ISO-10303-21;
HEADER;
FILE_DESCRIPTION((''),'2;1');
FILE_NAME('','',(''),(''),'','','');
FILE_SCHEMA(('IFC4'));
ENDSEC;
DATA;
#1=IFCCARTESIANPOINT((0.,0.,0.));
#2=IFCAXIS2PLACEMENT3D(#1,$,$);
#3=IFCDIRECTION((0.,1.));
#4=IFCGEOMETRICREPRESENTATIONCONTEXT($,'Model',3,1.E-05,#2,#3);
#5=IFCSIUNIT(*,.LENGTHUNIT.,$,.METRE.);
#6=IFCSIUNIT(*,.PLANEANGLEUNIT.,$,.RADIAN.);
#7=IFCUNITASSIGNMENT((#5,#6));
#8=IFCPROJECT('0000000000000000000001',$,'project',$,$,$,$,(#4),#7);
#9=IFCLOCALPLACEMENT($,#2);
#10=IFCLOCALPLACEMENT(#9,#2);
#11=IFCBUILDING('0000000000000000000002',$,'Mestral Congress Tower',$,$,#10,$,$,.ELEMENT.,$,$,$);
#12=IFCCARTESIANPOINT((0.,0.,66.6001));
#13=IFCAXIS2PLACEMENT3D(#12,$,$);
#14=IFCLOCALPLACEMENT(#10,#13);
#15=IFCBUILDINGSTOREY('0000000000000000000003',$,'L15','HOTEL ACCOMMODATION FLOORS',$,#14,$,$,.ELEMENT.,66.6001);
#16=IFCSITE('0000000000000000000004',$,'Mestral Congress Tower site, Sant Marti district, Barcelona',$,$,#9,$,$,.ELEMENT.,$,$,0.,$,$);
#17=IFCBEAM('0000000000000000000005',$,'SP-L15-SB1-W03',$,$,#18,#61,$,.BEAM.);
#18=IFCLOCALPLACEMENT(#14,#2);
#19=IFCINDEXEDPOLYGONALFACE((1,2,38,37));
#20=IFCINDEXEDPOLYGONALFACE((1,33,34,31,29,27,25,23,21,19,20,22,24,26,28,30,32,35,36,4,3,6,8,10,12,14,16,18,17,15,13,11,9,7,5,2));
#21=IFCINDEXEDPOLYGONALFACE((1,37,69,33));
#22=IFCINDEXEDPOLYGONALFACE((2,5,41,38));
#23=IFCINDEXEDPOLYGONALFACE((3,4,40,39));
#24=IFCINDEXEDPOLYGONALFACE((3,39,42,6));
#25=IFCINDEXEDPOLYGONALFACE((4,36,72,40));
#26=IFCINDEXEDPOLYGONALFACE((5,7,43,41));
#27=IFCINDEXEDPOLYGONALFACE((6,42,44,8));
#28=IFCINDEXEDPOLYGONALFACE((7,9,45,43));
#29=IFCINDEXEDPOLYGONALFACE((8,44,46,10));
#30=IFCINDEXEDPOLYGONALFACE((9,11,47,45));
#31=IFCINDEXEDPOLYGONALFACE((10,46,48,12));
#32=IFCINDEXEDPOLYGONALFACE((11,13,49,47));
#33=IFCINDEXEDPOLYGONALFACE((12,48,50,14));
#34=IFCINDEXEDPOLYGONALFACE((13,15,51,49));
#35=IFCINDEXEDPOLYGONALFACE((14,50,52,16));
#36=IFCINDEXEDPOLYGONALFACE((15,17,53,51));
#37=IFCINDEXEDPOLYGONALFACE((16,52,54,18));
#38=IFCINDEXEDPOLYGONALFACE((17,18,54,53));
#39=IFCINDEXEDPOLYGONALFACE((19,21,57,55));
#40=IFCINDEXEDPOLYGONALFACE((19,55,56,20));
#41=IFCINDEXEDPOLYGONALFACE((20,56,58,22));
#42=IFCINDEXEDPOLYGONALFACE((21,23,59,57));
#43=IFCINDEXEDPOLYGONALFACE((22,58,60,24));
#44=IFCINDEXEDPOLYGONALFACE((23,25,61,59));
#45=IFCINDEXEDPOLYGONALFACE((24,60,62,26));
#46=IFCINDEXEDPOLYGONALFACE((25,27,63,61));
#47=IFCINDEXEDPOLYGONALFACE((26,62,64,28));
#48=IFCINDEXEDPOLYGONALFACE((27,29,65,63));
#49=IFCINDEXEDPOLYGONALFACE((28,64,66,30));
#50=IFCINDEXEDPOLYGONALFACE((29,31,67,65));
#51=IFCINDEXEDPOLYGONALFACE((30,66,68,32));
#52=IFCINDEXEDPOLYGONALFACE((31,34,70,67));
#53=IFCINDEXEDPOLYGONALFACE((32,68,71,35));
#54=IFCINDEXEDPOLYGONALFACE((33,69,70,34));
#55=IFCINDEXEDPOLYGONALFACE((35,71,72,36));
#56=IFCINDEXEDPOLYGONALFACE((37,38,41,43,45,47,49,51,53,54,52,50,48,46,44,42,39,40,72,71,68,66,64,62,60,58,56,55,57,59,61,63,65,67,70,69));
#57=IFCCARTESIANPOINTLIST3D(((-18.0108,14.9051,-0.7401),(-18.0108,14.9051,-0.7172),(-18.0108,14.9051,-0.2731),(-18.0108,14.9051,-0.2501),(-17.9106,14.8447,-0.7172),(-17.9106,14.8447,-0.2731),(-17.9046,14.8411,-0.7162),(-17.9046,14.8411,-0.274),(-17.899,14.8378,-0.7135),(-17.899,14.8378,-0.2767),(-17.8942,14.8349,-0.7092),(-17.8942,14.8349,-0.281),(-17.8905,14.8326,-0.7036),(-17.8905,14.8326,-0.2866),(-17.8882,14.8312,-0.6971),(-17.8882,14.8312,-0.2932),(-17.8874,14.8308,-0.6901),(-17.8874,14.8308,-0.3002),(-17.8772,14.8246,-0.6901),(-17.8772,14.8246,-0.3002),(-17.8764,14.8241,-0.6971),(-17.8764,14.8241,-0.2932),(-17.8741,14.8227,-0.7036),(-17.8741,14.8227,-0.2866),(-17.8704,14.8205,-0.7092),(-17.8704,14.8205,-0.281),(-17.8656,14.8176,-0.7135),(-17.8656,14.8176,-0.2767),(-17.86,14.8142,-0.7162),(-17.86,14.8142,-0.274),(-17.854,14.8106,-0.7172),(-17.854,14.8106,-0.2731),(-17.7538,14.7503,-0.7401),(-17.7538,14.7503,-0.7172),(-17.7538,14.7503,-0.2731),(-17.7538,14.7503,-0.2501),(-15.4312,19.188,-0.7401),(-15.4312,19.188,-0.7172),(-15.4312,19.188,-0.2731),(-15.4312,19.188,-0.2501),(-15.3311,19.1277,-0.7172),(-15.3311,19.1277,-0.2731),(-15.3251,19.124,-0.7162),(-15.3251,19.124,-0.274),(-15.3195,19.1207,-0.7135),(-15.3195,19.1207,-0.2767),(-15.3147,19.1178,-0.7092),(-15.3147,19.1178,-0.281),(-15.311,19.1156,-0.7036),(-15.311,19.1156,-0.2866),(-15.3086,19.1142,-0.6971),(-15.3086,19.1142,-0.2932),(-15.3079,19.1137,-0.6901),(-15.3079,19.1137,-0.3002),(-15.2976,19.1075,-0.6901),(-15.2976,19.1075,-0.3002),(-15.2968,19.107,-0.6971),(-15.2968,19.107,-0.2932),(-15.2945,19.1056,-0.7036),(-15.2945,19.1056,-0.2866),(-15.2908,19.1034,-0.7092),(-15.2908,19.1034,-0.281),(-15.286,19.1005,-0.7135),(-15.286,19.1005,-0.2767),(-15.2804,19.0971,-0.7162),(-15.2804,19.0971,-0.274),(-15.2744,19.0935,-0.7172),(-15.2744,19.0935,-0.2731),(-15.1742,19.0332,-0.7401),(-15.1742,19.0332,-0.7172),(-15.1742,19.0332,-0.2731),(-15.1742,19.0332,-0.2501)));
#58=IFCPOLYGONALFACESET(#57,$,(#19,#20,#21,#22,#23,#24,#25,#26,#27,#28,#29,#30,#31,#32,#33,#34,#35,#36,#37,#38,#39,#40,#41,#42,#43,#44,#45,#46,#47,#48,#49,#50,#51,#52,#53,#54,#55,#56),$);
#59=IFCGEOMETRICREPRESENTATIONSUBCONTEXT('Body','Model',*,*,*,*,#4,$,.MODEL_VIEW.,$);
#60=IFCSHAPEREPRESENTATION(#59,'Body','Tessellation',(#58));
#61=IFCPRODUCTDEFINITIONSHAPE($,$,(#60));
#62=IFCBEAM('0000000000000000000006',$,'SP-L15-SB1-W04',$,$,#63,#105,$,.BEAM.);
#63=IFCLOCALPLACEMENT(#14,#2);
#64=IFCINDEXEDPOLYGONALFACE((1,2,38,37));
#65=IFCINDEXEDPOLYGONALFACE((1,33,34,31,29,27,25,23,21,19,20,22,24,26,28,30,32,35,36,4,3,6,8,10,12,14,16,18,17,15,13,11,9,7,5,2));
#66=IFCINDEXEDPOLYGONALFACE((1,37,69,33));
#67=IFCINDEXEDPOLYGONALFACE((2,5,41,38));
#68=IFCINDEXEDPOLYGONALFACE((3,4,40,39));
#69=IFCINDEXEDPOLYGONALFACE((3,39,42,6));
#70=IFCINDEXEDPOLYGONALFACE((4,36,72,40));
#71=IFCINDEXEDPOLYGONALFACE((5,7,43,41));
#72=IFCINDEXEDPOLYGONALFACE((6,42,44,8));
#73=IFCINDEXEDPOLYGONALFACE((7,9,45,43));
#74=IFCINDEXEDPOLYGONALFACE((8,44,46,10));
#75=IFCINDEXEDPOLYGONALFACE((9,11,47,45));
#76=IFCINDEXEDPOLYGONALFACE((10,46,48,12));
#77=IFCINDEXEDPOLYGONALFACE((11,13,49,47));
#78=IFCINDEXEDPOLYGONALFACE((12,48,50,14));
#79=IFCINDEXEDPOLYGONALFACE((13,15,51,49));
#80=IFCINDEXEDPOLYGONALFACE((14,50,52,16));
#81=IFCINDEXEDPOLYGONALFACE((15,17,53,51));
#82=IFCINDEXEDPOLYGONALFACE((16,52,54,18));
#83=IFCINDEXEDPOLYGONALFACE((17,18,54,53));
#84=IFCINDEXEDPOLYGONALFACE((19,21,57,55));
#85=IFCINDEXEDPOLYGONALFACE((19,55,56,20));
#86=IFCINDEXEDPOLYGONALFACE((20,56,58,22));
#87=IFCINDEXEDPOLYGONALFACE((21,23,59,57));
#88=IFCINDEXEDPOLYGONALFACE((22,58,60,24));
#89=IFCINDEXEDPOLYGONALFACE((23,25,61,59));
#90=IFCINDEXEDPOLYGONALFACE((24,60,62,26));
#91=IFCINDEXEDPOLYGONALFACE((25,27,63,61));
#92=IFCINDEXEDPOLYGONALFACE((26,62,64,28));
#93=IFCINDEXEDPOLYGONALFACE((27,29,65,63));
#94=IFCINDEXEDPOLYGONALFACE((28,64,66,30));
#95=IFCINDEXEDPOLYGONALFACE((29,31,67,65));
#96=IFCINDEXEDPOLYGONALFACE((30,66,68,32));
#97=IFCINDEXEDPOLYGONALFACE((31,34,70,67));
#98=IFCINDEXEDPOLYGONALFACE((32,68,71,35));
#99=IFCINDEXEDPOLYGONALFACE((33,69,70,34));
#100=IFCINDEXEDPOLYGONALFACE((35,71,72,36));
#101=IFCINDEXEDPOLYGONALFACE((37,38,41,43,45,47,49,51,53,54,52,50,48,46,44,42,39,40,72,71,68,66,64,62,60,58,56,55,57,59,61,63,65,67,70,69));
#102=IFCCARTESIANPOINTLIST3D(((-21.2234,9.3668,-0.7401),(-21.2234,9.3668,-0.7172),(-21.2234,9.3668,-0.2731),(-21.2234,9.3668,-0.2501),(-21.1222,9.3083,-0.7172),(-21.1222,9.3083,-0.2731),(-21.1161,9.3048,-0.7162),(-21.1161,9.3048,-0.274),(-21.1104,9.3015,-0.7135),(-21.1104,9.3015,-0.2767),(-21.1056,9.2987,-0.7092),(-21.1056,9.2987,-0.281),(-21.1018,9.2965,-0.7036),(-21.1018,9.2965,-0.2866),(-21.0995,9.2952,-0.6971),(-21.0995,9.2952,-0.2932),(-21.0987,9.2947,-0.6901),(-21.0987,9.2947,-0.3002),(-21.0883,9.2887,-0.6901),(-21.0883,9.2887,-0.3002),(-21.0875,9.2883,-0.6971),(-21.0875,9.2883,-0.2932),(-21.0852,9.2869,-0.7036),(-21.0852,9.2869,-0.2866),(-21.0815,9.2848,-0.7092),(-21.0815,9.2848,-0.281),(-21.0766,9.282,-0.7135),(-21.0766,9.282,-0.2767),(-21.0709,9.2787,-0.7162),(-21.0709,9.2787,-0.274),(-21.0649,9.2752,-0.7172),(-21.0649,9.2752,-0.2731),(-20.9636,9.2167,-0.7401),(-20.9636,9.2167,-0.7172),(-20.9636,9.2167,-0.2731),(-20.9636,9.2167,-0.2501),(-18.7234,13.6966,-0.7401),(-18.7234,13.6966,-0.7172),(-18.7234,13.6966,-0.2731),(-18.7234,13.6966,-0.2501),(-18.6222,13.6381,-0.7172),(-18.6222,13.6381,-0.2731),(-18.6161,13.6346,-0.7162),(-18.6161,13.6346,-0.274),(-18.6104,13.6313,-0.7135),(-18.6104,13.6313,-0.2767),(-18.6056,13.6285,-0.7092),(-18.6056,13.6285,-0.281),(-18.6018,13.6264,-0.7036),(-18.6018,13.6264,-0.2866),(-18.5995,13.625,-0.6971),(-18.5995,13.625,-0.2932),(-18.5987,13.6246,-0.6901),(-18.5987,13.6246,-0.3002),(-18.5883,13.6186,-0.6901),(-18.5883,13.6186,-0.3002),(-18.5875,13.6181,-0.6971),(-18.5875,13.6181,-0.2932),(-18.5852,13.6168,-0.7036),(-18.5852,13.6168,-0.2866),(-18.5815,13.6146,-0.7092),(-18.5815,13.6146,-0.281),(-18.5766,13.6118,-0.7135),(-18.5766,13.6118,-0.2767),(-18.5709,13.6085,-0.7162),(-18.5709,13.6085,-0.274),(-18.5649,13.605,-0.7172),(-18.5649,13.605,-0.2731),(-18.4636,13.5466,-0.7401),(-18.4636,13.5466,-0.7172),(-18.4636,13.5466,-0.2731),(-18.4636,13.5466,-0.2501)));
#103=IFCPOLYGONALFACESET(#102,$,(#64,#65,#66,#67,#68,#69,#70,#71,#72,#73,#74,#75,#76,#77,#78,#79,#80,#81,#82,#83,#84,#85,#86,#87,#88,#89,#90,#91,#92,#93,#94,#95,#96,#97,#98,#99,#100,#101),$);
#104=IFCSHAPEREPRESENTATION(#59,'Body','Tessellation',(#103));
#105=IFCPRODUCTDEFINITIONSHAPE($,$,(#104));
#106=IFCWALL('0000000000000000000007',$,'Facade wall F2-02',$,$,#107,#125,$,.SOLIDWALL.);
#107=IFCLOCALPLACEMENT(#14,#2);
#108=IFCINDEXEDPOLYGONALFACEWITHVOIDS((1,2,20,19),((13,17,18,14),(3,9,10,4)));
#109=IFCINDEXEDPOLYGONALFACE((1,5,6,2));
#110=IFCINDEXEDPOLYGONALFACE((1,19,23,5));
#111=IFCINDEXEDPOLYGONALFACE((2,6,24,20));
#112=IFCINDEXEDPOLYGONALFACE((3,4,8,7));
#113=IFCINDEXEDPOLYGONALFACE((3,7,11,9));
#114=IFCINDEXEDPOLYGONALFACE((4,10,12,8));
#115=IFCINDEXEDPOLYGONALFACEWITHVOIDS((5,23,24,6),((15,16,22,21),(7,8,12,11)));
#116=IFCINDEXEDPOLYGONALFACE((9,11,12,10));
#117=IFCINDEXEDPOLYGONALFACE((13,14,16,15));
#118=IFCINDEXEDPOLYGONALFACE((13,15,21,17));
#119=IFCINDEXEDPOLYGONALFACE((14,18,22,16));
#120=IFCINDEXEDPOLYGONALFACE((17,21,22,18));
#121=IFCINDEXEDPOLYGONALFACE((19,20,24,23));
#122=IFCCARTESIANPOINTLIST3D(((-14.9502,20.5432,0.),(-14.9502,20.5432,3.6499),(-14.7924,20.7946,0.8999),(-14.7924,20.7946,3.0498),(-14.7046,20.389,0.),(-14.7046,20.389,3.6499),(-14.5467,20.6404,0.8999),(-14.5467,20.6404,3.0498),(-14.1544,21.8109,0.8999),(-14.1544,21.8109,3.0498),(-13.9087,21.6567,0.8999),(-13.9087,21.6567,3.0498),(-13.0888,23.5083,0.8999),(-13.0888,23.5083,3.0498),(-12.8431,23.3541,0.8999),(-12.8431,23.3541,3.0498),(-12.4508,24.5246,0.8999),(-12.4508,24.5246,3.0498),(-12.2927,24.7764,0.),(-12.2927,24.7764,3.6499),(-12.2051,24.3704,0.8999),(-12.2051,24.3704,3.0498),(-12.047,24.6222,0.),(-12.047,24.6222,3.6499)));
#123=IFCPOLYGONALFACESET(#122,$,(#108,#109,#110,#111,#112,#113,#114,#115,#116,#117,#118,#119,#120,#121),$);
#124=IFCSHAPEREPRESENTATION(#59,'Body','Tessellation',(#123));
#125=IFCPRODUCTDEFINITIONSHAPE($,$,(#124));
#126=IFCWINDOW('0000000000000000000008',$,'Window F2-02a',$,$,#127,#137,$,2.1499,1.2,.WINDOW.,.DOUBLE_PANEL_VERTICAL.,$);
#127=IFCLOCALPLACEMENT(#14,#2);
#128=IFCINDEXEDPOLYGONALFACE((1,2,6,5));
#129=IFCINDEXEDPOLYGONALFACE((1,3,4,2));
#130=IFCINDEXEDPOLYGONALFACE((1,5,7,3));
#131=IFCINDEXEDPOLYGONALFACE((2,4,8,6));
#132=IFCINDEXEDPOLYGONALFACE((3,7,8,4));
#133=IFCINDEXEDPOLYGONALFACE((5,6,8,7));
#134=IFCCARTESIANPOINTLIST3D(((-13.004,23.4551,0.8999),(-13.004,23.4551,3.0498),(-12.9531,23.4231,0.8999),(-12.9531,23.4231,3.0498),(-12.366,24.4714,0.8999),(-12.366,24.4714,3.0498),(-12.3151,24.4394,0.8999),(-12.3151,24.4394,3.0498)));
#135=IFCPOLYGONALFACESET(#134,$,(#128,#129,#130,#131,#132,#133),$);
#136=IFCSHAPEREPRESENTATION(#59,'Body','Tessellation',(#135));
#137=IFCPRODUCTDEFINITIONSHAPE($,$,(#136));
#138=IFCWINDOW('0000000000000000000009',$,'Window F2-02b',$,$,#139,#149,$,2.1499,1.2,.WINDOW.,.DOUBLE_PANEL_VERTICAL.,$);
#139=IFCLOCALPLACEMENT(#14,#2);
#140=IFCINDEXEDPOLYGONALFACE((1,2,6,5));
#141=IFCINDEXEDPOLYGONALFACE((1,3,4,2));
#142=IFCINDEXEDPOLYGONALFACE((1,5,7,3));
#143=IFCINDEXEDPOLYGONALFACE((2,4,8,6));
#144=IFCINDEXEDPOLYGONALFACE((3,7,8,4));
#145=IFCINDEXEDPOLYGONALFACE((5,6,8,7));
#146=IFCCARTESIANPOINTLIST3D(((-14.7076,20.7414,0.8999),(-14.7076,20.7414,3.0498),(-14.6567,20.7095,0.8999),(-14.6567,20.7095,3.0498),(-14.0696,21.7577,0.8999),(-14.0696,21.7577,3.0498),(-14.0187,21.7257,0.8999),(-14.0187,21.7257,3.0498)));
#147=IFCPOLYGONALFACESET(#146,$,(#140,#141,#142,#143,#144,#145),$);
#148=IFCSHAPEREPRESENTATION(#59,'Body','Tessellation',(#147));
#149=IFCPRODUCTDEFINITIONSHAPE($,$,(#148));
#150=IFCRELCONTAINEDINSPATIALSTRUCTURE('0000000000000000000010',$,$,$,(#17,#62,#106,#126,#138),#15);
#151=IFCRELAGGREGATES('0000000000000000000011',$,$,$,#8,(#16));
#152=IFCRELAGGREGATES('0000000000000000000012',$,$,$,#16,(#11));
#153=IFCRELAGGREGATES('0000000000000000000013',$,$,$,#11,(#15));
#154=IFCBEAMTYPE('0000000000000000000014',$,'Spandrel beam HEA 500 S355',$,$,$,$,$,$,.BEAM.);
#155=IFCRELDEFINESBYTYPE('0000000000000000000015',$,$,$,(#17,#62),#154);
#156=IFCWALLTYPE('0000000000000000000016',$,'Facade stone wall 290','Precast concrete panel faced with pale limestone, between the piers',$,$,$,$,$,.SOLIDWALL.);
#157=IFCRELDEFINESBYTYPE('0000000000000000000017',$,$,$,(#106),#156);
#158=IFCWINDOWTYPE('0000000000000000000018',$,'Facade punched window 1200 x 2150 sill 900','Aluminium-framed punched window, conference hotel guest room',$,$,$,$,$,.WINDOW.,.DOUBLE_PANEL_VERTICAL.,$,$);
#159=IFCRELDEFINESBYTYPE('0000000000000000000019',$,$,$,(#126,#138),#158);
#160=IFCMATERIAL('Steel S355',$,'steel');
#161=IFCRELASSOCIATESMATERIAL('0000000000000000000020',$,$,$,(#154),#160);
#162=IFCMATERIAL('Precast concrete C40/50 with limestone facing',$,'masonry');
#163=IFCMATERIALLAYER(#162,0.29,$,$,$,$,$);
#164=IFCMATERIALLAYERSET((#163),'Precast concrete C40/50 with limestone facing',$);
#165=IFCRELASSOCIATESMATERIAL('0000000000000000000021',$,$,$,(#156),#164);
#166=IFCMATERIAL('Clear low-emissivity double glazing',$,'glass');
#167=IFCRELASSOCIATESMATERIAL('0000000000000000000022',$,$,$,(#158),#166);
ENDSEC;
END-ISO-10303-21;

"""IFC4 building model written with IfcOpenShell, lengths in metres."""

from ifc_helpers import new_model, si_unit, direction, frame, frame_2d, origin, origin_2d, place, context, subcontext, project, spatial, rectangle, i_section, extrude, material, layer, layer_set, material_profile, profile_set, type_object, element, fill, save


model = new_model("IFC4")

# Units and contexts
model_context = context("Model", 3, precision=1e-05, world=origin(), true_north=direction((0.0, 1.0)))
body_context = subcontext(model_context, "Body", "Model", "MODEL_VIEW")
ifc_project = project(units=[si_unit("LENGTHUNIT", "METRE"), si_unit("PLANEANGLEUNIT", "RADIAN")], contexts=[model_context])

# Site, building, storey
site_placement = place(None, origin())
site = spatial("IfcSite", under=ifc_project, at=site_placement, Name="Mestral Congress Tower site, Sant Marti district, Barcelona", CompositionType="ELEMENT", RefElevation=0.0)
building_placement = place(site_placement, origin())
building = spatial("IfcBuilding", under=site, at=building_placement, Name="Mestral Congress Tower", CompositionType="ELEMENT")
storey_placement = place(building_placement, frame((0.0, 0.0, 66.6001)))
storey = spatial("IfcBuildingStorey", under=building, at=storey_placement, Name="L15", Description="HOTEL ACCOMMODATION FLOORS", CompositionType="ELEMENT", Elevation=66.6001)

# Beams
ifc_material_1 = material(Name="Steel S355", Category="steel")
ifc_material_profile_1 = material_profile(ifc_material_1, i_section(OverallWidth=0.3, OverallDepth=0.49, WebThickness=0.012, FlangeThickness=0.0229, FilletRadius=0.0271, at=origin_2d()), Name="HEA 500")
ifc_profile_set_1 = profile_set([ifc_material_profile_1], Name="Steel S355")
beam_type_1 = type_object("IfcBeamType", Name="Spandrel beam HEA 500 S355", PredefinedType="BEAM", material=ifc_profile_set_1)
for number, where, z_axis, x_axis, name in (
    (1, (-15.3027, 19.1106, -0.4951), (-0.515938, -0.856626, 0.0), (0.856626, -0.515938, 0.0), "SP-L15-SB1-W03"),
    (2, (-18.5935, 13.6216, -0.4951), (-0.500025, -0.866011, 0.0), (0.866011, -0.500025, 0.0), "SP-L15-SB1-W04"),
):
    element("IfcBeam", number, at=place(storey_placement, frame(where, z_axis=z_axis, x_axis=x_axis)), inside=storey, type_object=beam_type_1, Name=name, PredefinedType="BEAM", context=body_context, shape_type="SweptSolid", body=[
        extrude(i_section(OverallWidth=0.3, OverallDepth=0.49, WebThickness=0.012, FlangeThickness=0.0229, FilletRadius=0.0271, at=origin_2d()), origin(), (0.0, 0.0, 1.0), 4.9998),
    ])

# Wall, openings, windows
ifc_material_2 = material(Name="Precast concrete C40/50 with limestone facing", Category="masonry")
ifc_layer_1 = layer(ifc_material_2, 0.29)
ifc_layer_set_1 = layer_set([ifc_layer_1], Name="Precast concrete C40/50 with limestone facing")
wall_type_1 = type_object("IfcWallType", Name="Facade stone wall 290", Description="Precast concrete panel faced with pale limestone, between the piers", PredefinedType="SOLIDWALL", material=ifc_layer_set_1)
wall_1_placement = place(storey_placement, frame((-12.1699, 24.6992, 0.0), z_axis=(0.0, 0.0, 1.0), x_axis=(-0.531688, -0.84694, 0.0)))
wall_1 = element("IfcWall", 3, at=wall_1_placement, inside=storey, type_object=wall_type_1, Name="Facade wall F2-02", PredefinedType="SOLIDWALL", context=body_context, shape_type="SweptSolid", body=[
    extrude(rectangle(XDim=4.9983, YDim=0.29, at=frame_2d((2.499, 0.0))), origin(), (0.0, 0.0, 1.0), 3.6499),
])
opening_1_placement = place(wall_1_placement, frame((0.2971, 0.0, 0.8999)))
opening_1 = element("IfcOpeningElement", 4, at=opening_1_placement, cuts=wall_1, PredefinedType="OPENING", context=body_context, shape_type="SweptSolid", body=[
    extrude(rectangle(XDim=1.2, YDim=2.1499, at=frame_2d((0.6001, 1.075))), frame((0.0, 0.155, 0.0), z_axis=(0.0, -1.0, 0.0), x_axis=(1.0, 0.0, 0.0)), (0.0, 0.0, 1.0), 0.3101),
])
opening_2_placement = place(wall_1_placement, frame((3.5012, 0.0, 0.8999)))
opening_2 = element("IfcOpeningElement", 5, at=opening_2_placement, cuts=wall_1, PredefinedType="OPENING", context=body_context, shape_type="SweptSolid", body=[
    extrude(rectangle(XDim=1.2, YDim=2.1499, at=frame_2d((0.6001, 1.075))), frame((0.0, 0.155, 0.0), z_axis=(0.0, -1.0, 0.0), x_axis=(1.0, 0.0, 0.0)), (0.0, 0.0, 1.0), 0.3101),
])
ifc_material_3 = material(Name="Clear low-emissivity double glazing", Category="glass")
window_type = type_object("IfcWindowType", Name="Facade punched window 1200 x 2150 sill 900", Description="Aluminium-framed punched window, conference hotel guest room", PartitioningType="DOUBLE_PANEL_VERTICAL", PredefinedType="WINDOW", material=ifc_material_3)
window_1_placement = place(opening_1_placement, origin())
window_1 = element("IfcWindow", 6, at=window_1_placement, inside=storey, type_object=window_type, Name="Window F2-02a", OverallHeight=2.1499, OverallWidth=1.2, PartitioningType="DOUBLE_PANEL_VERTICAL", PredefinedType="WINDOW", context=body_context, shape_type="SweptSolid", body=[
    extrude(rectangle(XDim=1.2, YDim=2.1499, at=frame_2d((0.6001, 1.075))), frame((0.0, 0.0151, 0.0), z_axis=(0.0, -1.0, 0.0), x_axis=(1.0, 0.0, 0.0)), (0.0, 0.0, 1.0), 0.0601),
])
fill(opening_1, window_1)
window_2_placement = place(opening_2_placement, origin())
window_2 = element("IfcWindow", 7, at=window_2_placement, inside=storey, type_object=window_type, Name="Window F2-02b", OverallHeight=2.1499, OverallWidth=1.2, PartitioningType="DOUBLE_PANEL_VERTICAL", PredefinedType="WINDOW", context=body_context, shape_type="SweptSolid", body=[
    extrude(rectangle(XDim=1.2, YDim=2.1499, at=frame_2d((0.6001, 1.075))), frame((0.0, 0.0151, 0.0), z_axis=(0.0, -1.0, 0.0), x_axis=(1.0, 0.0, 0.0)), (0.0, 0.0, 1.0), 0.0601),
])
fill(opening_2, window_2)

save(model, "model.ifc")
